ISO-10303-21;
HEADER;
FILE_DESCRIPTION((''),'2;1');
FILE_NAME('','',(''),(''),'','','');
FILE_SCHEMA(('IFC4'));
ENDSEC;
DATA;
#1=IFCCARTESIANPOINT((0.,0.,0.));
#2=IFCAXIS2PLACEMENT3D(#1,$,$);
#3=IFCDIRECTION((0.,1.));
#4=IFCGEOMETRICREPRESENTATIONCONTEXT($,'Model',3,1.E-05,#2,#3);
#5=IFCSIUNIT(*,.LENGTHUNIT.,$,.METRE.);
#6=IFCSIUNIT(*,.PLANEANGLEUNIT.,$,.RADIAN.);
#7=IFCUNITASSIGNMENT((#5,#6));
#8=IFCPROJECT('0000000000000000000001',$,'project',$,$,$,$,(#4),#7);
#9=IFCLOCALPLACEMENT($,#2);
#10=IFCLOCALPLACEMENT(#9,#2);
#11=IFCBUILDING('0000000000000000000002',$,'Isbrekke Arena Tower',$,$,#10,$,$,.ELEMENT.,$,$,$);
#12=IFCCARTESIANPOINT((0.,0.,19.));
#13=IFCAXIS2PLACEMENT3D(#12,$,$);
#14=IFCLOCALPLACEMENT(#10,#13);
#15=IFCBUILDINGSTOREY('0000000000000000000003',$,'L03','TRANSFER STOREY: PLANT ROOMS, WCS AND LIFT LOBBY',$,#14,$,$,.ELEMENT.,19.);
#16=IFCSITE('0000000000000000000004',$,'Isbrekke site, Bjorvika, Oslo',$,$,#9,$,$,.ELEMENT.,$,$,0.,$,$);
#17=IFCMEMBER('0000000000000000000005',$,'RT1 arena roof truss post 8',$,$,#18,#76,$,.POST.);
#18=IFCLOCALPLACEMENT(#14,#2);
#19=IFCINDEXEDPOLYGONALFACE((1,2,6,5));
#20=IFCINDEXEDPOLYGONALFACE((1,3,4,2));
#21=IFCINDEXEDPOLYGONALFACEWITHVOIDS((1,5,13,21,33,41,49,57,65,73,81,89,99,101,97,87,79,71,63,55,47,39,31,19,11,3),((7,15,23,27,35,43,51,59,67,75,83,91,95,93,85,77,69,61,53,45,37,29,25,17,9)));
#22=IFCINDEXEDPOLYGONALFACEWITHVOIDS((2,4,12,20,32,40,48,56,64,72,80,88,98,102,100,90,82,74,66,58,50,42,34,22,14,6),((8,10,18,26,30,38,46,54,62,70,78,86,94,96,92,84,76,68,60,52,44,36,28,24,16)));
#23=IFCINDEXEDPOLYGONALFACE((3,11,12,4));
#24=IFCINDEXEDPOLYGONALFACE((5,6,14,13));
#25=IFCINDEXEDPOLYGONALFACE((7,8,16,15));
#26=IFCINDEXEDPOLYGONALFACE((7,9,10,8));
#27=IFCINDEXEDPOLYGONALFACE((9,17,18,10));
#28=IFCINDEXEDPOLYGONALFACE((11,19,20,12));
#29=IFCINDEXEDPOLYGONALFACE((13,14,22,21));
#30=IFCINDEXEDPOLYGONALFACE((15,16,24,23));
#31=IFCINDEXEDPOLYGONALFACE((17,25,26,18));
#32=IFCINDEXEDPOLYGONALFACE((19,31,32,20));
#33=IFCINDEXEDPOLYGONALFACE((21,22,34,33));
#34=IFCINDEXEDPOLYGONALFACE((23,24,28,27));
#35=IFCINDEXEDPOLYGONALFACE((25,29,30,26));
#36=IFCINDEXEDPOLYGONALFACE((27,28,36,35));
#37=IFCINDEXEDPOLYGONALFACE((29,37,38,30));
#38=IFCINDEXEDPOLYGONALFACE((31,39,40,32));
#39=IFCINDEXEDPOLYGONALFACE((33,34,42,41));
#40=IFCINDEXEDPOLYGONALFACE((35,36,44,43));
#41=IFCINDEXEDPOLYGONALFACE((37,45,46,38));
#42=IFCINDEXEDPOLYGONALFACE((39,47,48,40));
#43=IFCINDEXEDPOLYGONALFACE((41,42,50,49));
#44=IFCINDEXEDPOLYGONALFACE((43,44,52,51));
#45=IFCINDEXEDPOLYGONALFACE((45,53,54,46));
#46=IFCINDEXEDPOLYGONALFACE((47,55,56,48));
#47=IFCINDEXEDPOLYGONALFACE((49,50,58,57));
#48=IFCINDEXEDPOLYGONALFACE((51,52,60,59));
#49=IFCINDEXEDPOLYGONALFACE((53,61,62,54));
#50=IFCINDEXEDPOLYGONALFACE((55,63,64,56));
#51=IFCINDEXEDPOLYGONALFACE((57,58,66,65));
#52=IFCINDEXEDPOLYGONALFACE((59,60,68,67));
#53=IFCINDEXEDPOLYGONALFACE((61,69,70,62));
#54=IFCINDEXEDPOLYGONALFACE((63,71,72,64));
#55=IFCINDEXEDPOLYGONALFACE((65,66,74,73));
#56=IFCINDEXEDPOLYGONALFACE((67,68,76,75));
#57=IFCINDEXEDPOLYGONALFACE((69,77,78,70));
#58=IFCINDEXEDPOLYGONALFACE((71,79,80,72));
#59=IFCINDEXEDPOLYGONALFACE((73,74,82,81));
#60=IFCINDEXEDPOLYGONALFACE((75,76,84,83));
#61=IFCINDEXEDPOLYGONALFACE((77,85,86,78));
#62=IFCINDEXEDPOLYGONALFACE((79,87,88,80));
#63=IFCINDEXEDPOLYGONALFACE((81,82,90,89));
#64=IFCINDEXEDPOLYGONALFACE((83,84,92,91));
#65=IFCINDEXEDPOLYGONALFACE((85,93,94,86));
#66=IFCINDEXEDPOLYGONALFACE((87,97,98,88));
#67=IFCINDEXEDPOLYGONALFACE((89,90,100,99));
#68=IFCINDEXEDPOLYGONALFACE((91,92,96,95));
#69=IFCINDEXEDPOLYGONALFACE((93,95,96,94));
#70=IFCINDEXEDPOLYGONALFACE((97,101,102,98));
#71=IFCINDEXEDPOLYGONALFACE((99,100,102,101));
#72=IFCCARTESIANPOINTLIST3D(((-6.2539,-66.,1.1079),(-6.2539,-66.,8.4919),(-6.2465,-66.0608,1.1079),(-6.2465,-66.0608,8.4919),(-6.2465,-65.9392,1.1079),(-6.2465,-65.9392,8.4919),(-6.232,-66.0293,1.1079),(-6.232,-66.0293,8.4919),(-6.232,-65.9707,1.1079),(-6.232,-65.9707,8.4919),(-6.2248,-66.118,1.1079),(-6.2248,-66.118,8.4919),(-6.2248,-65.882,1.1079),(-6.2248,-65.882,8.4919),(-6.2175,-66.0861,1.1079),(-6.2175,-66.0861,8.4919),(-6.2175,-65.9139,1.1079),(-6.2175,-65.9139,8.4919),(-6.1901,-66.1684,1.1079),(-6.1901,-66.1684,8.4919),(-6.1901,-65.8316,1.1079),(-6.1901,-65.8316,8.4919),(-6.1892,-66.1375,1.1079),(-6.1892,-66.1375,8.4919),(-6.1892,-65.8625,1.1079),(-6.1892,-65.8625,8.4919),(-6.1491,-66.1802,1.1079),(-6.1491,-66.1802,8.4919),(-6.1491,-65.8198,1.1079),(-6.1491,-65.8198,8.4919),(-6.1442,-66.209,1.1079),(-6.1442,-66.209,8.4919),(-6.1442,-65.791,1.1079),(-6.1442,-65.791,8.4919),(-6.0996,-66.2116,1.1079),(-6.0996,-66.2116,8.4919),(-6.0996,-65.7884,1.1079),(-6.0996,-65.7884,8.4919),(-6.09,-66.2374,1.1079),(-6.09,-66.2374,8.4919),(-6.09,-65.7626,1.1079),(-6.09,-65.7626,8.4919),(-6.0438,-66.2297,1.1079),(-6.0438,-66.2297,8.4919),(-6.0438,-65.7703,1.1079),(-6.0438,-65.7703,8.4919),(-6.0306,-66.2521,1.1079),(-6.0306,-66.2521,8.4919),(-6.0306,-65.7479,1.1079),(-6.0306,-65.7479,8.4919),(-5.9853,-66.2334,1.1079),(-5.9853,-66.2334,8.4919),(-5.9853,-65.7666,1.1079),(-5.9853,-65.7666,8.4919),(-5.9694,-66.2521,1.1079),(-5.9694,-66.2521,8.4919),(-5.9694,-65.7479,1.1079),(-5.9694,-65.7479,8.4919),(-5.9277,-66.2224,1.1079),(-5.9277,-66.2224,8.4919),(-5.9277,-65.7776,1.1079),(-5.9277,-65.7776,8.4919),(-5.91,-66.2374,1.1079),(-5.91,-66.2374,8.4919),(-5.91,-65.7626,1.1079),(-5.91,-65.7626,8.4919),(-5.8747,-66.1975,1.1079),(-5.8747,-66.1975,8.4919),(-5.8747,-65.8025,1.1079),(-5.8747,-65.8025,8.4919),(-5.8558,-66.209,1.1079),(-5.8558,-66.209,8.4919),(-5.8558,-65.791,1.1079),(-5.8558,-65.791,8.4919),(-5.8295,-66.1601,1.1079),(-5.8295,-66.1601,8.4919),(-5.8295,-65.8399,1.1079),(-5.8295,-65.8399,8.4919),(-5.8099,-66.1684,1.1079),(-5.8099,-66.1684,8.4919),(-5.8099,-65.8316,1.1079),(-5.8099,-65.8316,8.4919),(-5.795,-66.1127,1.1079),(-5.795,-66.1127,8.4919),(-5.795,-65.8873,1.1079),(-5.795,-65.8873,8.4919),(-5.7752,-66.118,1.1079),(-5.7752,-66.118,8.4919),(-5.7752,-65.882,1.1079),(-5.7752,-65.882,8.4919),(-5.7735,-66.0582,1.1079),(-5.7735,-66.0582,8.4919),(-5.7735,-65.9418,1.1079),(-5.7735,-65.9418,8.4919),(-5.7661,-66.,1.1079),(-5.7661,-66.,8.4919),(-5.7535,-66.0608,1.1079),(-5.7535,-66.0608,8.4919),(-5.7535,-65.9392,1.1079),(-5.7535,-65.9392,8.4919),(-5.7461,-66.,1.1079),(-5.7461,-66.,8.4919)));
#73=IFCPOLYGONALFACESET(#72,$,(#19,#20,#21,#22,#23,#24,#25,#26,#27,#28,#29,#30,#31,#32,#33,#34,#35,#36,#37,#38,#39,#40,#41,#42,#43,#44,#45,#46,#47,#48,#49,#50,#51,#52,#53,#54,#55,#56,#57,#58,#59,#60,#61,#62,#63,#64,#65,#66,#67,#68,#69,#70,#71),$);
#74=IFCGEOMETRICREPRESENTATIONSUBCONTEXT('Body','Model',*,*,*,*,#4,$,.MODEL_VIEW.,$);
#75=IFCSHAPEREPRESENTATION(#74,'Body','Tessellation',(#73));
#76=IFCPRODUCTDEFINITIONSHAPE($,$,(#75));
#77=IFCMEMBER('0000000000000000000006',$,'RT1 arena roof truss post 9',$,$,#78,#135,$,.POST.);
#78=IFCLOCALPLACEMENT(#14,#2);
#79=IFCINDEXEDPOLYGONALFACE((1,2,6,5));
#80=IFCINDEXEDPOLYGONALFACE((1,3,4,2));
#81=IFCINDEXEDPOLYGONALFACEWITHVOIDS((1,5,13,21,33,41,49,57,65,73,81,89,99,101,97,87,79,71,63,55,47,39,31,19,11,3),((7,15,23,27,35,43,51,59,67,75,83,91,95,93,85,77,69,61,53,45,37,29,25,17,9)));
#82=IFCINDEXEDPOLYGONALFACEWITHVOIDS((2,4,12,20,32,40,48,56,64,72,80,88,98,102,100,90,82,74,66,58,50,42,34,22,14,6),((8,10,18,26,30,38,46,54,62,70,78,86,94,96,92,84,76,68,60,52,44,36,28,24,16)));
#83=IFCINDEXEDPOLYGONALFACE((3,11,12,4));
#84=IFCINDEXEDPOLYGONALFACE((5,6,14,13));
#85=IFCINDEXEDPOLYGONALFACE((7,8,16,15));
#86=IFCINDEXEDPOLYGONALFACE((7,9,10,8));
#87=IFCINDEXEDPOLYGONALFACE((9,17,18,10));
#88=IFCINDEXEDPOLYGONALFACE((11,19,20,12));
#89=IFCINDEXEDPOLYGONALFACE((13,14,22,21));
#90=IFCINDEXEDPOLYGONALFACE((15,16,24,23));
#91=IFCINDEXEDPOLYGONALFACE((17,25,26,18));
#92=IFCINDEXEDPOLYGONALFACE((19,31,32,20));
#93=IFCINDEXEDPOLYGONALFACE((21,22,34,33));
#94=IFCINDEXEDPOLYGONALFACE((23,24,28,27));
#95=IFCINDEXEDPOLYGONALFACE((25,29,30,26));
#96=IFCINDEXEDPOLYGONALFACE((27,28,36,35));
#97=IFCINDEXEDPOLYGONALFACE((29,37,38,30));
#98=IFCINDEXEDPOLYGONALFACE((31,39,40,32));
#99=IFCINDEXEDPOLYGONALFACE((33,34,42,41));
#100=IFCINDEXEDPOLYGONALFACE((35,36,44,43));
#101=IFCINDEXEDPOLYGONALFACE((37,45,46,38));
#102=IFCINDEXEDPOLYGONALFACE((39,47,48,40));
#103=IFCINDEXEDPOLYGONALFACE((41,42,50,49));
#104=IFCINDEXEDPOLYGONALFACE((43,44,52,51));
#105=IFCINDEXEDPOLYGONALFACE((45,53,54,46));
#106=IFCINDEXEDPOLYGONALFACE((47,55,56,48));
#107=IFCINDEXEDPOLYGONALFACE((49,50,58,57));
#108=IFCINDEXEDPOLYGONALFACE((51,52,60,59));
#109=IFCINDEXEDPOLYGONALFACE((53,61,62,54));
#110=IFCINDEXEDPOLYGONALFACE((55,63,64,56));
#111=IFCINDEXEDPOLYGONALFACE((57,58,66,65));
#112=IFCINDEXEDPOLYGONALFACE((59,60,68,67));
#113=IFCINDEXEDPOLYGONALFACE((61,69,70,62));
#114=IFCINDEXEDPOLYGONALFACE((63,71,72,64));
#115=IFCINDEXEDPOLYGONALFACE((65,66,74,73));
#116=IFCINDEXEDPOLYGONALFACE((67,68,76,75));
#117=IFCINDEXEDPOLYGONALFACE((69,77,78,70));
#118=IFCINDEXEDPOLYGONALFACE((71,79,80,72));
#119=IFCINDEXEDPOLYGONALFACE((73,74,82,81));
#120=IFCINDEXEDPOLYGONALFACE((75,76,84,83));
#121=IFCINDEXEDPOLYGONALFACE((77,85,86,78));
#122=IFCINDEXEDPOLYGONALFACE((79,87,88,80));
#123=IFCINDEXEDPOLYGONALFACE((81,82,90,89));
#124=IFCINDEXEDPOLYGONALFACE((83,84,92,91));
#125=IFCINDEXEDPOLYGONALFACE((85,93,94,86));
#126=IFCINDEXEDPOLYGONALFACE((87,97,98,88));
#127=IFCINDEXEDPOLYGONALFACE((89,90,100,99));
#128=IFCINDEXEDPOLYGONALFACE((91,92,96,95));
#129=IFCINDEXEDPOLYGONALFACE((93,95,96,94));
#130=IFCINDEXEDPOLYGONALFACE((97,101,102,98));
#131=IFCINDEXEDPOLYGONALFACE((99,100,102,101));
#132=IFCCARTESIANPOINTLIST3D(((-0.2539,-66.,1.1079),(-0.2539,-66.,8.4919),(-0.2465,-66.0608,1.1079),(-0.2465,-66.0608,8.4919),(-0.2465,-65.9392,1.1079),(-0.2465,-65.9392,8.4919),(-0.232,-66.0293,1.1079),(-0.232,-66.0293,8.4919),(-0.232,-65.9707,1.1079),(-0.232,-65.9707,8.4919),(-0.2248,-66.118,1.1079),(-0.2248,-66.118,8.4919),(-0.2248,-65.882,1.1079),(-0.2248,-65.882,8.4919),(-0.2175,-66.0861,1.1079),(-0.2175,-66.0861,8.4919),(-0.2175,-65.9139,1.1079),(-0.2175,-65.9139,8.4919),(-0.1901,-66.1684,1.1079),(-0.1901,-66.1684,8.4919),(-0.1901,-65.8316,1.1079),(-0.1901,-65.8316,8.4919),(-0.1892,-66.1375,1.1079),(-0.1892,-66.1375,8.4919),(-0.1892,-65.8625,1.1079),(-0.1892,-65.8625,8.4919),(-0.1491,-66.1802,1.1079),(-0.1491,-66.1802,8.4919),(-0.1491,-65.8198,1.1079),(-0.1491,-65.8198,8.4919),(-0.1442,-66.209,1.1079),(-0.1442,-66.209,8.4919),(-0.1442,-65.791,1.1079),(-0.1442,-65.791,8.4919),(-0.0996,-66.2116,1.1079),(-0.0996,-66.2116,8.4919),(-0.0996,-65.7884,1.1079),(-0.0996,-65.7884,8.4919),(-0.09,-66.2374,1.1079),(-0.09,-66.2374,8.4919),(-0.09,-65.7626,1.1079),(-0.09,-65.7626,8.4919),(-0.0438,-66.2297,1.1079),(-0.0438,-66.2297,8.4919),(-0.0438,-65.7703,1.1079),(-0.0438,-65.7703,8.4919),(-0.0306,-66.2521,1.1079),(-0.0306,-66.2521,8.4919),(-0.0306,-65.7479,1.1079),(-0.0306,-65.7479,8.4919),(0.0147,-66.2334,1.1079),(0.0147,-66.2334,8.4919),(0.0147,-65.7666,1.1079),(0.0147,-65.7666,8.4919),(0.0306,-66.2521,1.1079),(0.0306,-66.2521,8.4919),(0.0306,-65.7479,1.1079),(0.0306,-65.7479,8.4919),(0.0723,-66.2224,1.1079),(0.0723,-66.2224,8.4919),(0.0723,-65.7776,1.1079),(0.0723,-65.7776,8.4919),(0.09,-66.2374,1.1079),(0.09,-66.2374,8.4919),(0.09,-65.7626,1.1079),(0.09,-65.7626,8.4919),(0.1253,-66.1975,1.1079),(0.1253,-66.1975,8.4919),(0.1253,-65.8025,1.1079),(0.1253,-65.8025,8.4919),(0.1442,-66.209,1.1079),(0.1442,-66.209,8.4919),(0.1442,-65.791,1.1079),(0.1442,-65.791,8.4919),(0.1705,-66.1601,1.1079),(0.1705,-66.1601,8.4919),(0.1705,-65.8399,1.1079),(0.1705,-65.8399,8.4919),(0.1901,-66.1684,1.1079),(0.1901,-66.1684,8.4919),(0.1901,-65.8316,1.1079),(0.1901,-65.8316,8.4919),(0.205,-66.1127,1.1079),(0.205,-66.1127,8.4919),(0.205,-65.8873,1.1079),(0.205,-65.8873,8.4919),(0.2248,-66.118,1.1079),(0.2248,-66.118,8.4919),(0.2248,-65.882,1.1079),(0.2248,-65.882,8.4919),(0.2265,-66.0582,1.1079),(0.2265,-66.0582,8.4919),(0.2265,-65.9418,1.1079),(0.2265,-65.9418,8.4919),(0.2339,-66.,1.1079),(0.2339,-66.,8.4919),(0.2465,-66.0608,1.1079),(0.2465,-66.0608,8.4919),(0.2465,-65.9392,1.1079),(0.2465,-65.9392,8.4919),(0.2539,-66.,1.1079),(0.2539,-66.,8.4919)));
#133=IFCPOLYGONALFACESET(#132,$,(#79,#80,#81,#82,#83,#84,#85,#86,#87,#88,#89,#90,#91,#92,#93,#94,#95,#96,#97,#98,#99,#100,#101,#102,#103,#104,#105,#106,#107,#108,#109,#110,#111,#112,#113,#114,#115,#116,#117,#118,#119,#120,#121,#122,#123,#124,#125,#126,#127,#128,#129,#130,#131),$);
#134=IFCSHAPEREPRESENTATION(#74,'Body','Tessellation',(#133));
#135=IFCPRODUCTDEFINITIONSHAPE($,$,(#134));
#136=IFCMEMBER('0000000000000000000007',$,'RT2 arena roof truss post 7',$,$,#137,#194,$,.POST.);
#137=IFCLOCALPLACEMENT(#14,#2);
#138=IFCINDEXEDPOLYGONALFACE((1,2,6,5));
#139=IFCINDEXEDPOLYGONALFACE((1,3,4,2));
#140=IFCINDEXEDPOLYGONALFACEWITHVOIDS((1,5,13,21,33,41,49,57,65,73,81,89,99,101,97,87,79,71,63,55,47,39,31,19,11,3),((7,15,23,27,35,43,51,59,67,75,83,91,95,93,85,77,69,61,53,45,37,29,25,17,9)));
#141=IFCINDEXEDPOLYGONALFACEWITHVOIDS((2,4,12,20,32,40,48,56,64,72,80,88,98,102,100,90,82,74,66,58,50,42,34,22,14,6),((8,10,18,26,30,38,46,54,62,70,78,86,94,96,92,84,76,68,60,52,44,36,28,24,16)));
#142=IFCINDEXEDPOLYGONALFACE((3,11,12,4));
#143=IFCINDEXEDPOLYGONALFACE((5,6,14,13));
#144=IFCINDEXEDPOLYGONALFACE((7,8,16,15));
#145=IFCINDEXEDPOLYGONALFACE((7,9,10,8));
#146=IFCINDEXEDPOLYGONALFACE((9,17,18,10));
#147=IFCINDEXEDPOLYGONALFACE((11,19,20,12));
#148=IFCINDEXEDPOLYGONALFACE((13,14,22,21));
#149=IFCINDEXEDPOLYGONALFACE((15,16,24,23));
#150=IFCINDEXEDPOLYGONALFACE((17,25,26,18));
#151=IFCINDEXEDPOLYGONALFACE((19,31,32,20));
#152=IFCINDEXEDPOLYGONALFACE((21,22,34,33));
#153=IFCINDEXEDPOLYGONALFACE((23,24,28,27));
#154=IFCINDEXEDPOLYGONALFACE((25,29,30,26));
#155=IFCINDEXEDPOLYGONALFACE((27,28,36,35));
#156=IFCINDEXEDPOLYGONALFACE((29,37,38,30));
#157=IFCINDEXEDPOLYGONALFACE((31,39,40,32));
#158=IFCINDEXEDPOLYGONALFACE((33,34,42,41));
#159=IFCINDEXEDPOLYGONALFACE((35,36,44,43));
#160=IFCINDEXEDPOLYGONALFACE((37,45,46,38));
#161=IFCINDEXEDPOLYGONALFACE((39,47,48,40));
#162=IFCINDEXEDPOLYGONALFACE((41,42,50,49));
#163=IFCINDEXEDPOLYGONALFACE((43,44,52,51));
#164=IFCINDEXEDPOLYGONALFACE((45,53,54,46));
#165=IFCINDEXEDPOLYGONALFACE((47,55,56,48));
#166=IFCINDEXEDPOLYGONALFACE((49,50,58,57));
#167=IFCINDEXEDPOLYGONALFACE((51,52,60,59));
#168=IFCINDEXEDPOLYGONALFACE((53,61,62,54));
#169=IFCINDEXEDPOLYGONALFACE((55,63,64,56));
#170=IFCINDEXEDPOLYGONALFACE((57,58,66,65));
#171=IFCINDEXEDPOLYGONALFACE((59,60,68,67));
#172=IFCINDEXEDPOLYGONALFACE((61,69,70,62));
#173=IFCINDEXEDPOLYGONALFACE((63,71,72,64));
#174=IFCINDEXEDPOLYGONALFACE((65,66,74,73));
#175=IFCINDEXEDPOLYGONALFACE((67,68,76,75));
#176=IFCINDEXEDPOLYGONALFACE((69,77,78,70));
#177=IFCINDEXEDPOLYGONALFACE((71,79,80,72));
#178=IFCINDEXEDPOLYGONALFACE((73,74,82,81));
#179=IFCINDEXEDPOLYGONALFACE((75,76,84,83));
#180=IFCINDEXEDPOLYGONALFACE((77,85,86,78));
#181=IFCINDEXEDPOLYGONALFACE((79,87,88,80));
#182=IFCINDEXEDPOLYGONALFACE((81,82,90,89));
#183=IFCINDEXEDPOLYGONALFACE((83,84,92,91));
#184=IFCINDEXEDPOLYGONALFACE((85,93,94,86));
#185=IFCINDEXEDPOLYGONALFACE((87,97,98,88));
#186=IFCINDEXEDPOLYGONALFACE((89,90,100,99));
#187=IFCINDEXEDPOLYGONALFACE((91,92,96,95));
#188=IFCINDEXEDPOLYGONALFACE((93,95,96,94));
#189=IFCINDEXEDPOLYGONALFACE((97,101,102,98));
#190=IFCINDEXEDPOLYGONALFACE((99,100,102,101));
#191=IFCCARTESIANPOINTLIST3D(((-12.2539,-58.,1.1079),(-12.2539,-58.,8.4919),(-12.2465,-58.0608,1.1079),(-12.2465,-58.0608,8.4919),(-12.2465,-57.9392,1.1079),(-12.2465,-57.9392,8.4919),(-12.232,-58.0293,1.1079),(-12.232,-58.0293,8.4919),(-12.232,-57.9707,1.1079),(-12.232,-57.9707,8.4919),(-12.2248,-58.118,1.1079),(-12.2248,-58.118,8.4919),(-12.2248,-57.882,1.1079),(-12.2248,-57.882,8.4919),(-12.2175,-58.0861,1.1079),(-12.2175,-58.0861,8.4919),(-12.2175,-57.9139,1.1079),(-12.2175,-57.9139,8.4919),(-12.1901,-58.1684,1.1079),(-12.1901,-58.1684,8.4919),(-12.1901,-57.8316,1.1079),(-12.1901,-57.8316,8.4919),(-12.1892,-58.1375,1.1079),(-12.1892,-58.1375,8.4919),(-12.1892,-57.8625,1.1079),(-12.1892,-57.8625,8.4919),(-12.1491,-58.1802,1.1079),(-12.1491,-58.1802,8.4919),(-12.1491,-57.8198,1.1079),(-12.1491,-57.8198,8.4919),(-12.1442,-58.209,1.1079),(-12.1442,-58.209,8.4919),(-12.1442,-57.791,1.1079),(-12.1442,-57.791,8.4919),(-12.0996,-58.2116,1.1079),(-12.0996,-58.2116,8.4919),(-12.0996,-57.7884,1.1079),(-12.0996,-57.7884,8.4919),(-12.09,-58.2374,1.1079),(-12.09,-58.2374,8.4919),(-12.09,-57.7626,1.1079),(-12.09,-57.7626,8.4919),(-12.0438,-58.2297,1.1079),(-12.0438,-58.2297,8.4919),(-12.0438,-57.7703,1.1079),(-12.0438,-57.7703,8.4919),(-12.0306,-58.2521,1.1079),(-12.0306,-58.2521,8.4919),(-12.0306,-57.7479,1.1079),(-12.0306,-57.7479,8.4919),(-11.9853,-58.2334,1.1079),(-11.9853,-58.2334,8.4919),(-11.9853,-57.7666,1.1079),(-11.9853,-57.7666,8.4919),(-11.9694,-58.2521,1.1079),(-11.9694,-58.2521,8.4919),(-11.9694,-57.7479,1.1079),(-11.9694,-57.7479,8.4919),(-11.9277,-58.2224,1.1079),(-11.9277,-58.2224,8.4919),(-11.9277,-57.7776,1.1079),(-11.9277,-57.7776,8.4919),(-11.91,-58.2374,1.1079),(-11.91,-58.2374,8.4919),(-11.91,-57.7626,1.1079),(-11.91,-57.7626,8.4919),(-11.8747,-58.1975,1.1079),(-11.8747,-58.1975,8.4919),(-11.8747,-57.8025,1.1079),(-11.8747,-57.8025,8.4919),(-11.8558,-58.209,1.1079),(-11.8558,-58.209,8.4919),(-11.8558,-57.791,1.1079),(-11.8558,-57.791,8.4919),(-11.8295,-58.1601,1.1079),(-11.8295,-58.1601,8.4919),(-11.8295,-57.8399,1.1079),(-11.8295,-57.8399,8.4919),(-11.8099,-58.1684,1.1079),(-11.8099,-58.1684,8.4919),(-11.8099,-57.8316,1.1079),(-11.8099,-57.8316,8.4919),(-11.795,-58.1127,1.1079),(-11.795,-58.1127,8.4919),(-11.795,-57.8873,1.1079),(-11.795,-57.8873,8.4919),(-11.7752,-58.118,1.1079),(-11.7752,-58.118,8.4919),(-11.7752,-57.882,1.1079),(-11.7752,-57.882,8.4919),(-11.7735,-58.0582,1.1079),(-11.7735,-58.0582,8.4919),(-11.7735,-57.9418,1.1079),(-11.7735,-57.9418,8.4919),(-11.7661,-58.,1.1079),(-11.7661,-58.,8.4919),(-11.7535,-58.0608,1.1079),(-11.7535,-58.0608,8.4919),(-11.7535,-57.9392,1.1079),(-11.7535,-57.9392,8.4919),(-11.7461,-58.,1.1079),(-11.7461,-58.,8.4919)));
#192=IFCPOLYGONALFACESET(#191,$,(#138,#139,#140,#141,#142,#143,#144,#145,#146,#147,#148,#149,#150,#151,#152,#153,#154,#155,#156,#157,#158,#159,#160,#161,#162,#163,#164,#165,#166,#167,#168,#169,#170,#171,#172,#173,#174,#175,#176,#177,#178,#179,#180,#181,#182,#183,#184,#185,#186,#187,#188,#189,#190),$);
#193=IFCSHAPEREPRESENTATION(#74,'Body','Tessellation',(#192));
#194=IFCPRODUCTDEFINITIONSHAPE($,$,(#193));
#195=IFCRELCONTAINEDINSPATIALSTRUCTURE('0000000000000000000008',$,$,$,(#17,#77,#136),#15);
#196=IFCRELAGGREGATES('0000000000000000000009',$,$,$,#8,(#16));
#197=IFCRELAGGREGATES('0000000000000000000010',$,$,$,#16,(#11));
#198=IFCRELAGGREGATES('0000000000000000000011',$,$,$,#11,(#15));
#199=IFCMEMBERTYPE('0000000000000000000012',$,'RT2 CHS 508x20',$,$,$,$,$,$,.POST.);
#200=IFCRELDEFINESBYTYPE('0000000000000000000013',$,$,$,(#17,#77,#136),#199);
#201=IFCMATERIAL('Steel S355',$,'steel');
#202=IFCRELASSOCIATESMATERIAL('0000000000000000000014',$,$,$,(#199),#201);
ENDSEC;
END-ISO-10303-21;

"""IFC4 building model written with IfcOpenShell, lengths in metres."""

from ifc_helpers import new_model, si_unit, direction, frame, origin, origin_2d, place, context, subcontext, project, spatial, hollow_circle, extrude, material, material_profile, profile_set, type_object, element, save


model = new_model("IFC4")

# Units and contexts
model_context = context("Model", 3, precision=1e-05, world=origin(), true_north=direction((0.0, 1.0)))
body_context = subcontext(model_context, "Body", "Model", "MODEL_VIEW")
ifc_project = project(units=[si_unit("LENGTHUNIT", "METRE"), si_unit("PLANEANGLEUNIT", "RADIAN")], contexts=[model_context])

# Site, building, storey
site_placement = place(None, origin())
site = spatial("IfcSite", under=ifc_project, at=site_placement, Name="Isbrekke site, Bjorvika, Oslo", CompositionType="ELEMENT", RefElevation=0.0)
building_placement = place(site_placement, origin())
building = spatial("IfcBuilding", under=site, at=building_placement, Name="Isbrekke Arena Tower", CompositionType="ELEMENT")
storey_placement = place(building_placement, frame((0.0, 0.0, 19.0)))
storey = spatial("IfcBuildingStorey", under=building, at=storey_placement, Name="L03", Description="TRANSFER STOREY: PLANT ROOMS, WCS AND LIFT LOBBY", CompositionType="ELEMENT", Elevation=19.0)

# Members
ifc_material_1 = material(Name="Steel S355", Category="steel")
ifc_material_profile_1 = material_profile(ifc_material_1, hollow_circle(Radius=0.2539, WallThickness=0.02, at=origin_2d()), Name="CHS 508x20")
ifc_profile_set_1 = profile_set([ifc_material_profile_1], Name="Steel S355")
member_type_1 = type_object("IfcMemberType", Name="RT2 CHS 508x20", PredefinedType="POST", material=ifc_profile_set_1)
for number, where, z_axis, x_axis, name in (
    (1, (-6.0, -66.0, 1.1079), (0.0, 0.0, 1.0), (1.0, 0.0, 0.0), "RT1 arena roof truss post 8"),
    (2, (0.0, -66.0, 1.1079), (0.0, 0.0, 1.0), (1.0, 0.0, 0.0), "RT1 arena roof truss post 9"),
    (3, (-12.0, -58.0, 1.1079), (0.0, 0.0, 1.0), (1.0, 0.0, 0.0), "RT2 arena roof truss post 7"),
):
    element("IfcMember", number, at=place(storey_placement, frame(where, z_axis=z_axis, x_axis=x_axis)), inside=storey, type_object=member_type_1, Name=name, PredefinedType="POST", context=body_context, shape_type="SweptSolid", body=[
        extrude(hollow_circle(Radius=0.2539, WallThickness=0.02, at=origin_2d()), origin(), (0.0, 0.0, 1.0), 7.384),
    ])

save(model, "model.ifc")
